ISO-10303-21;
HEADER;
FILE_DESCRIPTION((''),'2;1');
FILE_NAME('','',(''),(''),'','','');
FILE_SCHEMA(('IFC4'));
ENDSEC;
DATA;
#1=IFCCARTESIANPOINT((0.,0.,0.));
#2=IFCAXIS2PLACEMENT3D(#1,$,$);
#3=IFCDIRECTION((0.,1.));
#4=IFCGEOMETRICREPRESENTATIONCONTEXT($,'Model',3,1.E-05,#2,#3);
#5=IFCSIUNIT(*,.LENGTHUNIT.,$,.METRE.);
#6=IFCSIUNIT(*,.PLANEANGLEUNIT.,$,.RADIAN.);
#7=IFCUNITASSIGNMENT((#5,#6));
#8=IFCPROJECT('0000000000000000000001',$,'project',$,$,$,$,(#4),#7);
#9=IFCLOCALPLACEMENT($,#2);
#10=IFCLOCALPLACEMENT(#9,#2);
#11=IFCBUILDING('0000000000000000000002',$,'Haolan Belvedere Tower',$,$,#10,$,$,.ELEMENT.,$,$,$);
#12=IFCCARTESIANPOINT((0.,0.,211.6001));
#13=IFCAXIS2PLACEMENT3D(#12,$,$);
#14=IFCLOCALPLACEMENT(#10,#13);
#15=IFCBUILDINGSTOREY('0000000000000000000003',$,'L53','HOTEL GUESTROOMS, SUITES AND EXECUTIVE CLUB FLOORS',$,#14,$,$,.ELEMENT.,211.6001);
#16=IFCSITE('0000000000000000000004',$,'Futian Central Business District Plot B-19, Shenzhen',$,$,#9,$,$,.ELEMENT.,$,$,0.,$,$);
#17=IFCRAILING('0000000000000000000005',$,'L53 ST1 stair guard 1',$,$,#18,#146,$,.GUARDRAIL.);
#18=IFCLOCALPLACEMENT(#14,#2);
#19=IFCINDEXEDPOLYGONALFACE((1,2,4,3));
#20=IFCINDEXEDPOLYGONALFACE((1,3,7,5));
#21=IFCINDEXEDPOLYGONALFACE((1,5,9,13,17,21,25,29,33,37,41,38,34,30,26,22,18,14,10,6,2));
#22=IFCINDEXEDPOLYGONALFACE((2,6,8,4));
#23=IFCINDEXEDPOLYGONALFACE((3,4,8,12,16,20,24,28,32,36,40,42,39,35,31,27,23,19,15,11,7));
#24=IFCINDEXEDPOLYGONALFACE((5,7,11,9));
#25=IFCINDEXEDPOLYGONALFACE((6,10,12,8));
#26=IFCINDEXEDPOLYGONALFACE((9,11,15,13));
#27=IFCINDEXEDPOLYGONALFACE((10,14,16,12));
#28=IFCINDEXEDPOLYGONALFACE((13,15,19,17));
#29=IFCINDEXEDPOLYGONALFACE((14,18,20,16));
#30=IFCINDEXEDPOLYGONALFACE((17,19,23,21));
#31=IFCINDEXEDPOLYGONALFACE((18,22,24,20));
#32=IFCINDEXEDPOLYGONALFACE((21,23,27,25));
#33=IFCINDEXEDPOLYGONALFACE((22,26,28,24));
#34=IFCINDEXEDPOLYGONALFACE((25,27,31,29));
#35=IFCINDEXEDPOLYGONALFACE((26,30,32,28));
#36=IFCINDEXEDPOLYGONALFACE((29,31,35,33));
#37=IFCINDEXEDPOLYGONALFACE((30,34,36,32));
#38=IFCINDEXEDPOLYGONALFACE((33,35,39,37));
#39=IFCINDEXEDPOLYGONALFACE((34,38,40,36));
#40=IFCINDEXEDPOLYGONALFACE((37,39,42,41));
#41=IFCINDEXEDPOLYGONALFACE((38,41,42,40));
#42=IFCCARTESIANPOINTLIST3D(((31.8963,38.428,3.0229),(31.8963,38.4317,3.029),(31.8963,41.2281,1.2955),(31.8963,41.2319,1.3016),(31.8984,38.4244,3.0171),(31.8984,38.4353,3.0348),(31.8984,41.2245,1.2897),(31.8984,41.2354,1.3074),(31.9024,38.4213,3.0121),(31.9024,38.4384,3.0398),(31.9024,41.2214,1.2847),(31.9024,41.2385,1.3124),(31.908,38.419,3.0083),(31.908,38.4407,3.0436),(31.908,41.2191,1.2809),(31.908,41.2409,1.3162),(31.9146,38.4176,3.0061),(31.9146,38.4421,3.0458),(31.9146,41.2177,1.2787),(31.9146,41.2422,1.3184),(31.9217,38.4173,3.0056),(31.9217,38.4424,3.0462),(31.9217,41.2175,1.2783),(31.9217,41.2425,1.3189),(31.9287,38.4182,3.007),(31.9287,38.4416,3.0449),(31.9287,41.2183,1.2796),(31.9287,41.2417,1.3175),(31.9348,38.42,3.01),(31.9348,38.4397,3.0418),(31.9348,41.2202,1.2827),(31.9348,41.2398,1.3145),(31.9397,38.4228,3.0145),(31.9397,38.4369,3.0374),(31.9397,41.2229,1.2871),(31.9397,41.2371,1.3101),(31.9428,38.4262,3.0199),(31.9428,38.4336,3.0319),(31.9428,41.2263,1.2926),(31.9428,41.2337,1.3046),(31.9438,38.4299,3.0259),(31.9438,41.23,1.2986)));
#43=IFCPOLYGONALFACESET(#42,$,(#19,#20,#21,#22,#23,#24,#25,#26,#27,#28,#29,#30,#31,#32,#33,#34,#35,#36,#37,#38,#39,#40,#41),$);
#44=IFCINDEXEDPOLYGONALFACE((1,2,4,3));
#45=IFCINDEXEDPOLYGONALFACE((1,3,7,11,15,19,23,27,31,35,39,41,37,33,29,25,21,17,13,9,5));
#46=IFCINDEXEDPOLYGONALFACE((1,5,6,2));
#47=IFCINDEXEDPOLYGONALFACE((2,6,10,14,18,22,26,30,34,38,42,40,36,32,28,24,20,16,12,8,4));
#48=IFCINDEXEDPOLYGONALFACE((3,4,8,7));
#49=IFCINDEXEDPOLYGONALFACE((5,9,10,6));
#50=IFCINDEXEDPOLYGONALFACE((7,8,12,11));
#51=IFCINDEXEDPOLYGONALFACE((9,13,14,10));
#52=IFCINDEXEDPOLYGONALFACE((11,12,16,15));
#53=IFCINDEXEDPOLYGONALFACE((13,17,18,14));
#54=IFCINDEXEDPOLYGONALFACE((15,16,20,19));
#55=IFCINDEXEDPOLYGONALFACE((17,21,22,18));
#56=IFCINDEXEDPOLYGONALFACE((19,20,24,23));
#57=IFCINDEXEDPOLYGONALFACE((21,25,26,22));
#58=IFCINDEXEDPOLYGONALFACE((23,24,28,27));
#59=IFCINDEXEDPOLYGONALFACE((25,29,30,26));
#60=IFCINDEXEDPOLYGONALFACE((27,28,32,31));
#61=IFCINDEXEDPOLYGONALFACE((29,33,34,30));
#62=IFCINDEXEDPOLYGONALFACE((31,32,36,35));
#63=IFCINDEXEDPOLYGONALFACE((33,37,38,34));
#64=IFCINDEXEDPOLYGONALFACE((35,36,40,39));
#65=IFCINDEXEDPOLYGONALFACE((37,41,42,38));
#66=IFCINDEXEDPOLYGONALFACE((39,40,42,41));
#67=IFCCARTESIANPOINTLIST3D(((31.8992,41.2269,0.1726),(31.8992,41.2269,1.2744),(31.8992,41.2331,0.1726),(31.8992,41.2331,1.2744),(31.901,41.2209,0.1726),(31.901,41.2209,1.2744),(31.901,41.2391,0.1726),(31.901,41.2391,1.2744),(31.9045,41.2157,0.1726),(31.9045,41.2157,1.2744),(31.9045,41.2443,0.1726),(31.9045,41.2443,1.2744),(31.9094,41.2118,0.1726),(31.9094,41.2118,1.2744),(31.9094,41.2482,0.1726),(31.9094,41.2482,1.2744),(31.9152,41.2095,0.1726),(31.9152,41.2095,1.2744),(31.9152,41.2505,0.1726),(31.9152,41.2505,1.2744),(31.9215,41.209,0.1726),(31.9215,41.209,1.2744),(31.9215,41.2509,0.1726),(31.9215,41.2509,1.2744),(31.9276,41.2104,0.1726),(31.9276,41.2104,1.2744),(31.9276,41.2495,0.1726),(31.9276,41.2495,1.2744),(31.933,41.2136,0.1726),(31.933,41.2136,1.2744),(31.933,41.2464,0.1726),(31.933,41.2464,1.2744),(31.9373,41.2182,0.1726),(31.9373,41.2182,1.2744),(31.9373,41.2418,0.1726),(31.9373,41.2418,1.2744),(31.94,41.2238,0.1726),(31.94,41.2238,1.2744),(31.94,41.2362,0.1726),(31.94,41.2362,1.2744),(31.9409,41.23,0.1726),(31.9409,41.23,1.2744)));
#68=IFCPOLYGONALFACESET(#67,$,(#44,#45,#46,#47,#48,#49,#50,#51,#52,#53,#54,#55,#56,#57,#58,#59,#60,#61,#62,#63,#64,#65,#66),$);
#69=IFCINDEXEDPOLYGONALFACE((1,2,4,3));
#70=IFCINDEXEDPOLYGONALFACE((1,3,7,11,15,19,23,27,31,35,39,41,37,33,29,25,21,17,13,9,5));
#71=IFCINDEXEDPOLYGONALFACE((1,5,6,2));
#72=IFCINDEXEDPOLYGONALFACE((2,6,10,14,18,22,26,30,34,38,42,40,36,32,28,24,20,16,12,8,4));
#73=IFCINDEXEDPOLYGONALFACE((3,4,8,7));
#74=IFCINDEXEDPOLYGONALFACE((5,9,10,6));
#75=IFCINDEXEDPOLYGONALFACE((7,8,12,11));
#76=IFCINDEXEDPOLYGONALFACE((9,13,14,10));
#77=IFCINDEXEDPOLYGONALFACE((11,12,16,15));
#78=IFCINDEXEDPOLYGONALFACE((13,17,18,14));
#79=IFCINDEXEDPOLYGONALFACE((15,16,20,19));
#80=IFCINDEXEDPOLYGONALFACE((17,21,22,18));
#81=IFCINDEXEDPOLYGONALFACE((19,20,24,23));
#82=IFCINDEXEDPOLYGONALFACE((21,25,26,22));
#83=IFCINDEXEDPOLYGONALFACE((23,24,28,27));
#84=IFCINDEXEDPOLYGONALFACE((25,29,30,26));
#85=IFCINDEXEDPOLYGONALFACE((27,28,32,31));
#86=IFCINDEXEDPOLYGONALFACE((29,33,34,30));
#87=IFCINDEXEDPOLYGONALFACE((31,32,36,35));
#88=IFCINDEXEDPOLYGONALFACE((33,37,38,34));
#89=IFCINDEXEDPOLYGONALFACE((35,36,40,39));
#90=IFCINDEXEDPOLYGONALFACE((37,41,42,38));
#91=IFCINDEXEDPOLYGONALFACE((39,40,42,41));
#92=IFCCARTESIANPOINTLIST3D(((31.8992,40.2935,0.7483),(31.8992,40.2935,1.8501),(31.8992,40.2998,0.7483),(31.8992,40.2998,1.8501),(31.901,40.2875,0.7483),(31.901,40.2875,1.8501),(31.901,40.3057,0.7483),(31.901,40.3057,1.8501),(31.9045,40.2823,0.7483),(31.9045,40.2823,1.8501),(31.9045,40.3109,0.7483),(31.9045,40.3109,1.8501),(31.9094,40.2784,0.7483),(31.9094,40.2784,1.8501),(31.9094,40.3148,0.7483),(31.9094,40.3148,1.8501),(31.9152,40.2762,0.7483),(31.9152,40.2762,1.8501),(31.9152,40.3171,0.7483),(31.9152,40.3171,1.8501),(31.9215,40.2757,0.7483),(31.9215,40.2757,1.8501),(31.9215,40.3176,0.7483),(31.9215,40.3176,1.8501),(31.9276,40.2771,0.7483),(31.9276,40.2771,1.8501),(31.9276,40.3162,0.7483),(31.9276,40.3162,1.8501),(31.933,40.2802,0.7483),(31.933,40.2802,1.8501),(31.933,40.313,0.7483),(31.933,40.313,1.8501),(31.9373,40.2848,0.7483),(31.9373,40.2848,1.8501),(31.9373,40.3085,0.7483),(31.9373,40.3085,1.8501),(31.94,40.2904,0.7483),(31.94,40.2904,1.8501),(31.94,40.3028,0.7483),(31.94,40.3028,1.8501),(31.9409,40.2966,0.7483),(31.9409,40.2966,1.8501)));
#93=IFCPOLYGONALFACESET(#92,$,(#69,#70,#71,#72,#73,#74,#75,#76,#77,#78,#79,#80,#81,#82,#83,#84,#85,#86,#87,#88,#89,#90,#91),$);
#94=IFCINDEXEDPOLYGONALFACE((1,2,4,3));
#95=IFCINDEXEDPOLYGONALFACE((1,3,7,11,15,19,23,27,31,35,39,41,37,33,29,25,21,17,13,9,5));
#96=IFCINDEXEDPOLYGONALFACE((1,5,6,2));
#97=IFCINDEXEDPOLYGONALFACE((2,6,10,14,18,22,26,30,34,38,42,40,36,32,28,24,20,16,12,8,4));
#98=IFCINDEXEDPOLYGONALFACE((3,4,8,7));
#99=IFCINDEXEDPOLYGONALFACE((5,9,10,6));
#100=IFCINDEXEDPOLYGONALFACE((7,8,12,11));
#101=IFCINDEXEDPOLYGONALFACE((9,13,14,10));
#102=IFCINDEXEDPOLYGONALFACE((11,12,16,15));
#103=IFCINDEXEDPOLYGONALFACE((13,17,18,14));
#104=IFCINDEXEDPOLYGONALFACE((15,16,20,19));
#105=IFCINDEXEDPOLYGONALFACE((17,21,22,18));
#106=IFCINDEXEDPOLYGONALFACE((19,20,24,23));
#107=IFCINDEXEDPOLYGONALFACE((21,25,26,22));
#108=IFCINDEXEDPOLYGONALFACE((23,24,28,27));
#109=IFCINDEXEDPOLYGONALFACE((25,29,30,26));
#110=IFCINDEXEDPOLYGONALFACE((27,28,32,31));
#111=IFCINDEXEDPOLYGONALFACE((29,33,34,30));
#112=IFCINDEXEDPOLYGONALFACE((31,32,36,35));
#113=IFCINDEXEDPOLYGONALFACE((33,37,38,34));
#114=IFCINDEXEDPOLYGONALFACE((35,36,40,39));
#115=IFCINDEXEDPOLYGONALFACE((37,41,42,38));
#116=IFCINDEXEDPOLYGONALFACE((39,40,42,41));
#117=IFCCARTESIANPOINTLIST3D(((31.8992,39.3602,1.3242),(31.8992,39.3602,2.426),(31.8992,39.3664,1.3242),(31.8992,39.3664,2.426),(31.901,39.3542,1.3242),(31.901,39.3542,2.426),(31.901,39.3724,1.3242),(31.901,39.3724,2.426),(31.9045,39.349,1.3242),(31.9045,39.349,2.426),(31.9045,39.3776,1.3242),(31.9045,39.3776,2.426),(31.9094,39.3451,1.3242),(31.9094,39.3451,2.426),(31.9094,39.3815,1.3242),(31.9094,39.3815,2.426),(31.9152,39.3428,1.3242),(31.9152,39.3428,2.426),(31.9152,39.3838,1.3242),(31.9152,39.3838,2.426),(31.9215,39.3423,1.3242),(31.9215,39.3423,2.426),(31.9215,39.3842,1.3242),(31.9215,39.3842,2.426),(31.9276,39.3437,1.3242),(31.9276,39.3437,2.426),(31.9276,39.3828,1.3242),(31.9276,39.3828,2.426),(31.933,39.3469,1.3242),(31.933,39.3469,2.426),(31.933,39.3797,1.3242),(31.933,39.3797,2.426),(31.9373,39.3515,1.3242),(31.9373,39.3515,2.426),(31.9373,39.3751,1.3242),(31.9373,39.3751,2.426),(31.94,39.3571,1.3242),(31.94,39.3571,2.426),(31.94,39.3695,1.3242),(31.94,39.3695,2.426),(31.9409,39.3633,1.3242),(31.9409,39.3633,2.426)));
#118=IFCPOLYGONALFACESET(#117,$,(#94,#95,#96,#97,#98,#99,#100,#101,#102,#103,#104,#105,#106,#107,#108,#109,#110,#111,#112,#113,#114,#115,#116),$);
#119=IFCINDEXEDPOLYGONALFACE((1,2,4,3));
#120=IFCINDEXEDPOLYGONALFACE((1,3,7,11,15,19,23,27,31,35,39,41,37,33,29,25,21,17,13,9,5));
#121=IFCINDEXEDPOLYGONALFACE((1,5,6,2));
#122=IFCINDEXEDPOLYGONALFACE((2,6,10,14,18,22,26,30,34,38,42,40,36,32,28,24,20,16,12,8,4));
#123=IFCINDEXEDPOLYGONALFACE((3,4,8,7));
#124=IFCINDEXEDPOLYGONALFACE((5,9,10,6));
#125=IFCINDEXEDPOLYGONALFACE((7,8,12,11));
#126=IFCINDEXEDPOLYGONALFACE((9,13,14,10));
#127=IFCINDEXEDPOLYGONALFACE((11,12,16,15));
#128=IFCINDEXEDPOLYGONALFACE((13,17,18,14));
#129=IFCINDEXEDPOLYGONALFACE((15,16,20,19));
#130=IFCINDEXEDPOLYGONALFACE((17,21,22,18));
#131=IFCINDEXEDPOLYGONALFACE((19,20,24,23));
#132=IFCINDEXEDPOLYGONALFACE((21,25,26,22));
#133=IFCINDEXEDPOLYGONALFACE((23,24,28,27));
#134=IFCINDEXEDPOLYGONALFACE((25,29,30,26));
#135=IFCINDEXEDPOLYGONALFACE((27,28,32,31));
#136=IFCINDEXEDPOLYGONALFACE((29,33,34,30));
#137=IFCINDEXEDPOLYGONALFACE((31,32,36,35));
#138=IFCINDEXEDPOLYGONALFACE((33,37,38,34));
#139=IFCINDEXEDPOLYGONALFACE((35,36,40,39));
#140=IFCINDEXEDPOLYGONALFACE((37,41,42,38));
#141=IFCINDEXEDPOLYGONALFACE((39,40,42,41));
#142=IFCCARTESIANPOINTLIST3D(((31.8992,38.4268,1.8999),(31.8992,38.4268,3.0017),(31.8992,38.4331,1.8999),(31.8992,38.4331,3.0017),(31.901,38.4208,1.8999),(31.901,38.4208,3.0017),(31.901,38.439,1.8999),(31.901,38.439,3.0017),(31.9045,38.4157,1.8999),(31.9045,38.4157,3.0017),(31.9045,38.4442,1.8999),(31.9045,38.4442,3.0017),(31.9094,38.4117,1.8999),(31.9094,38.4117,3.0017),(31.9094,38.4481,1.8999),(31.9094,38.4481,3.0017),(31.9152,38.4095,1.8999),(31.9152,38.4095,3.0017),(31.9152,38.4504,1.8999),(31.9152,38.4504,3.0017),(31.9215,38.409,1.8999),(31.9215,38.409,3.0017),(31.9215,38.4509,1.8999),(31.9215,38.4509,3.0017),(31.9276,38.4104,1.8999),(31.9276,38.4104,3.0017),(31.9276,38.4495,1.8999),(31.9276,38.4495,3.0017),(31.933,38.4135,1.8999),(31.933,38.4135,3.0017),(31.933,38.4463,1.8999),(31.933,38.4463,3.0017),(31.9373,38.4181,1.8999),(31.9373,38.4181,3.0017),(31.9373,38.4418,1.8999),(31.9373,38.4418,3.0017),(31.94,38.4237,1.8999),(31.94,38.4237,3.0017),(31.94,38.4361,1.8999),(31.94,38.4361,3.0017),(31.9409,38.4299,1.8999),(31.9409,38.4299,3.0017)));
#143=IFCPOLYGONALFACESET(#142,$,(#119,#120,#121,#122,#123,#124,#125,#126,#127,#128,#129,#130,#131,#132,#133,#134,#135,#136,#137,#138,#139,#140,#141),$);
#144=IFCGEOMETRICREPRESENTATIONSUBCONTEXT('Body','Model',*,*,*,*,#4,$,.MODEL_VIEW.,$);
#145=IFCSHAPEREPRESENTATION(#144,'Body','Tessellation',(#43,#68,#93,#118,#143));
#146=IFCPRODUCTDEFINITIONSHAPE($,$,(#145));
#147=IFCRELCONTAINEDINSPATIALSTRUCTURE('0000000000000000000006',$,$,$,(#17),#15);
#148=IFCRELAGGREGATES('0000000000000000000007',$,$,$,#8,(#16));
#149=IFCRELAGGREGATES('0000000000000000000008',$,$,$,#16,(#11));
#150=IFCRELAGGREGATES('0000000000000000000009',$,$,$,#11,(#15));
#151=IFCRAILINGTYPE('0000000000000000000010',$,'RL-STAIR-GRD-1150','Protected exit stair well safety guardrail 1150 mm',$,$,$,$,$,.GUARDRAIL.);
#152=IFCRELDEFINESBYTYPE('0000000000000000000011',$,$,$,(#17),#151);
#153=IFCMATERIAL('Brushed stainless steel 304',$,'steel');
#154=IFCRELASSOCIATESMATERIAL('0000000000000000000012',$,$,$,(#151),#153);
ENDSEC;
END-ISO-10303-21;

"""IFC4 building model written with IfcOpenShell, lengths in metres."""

from ifc_helpers import new_model, si_unit, direction, frame, origin, origin_2d, place, context, subcontext, project, spatial, circle, extrude, material, type_object, element, save


model = new_model("IFC4")

# Units and contexts
model_context = context("Model", 3, precision=1e-05, world=origin(), true_north=direction((0.0, 1.0)))
body_context = subcontext(model_context, "Body", "Model", "MODEL_VIEW")
ifc_project = project(units=[si_unit("LENGTHUNIT", "METRE"), si_unit("PLANEANGLEUNIT", "RADIAN")], contexts=[model_context])

# Site, building, storey
site_placement = place(None, origin())
site = spatial("IfcSite", under=ifc_project, at=site_placement, Name="Futian Central Business District Plot B-19, Shenzhen", CompositionType="ELEMENT", RefElevation=0.0)
building_placement = place(site_placement, origin())
building = spatial("IfcBuilding", under=site, at=building_placement, Name="Haolan Belvedere Tower", CompositionType="ELEMENT")
storey_placement = place(building_placement, frame((0.0, 0.0, 211.6001)))
storey = spatial("IfcBuildingStorey", under=building, at=storey_placement, Name="L53", Description="HOTEL GUESTROOMS, SUITES AND EXECUTIVE CLUB FLOORS", CompositionType="ELEMENT", Elevation=211.6001)

# Railing
ifc_material_1 = material(Name="Brushed stainless steel 304", Category="steel")
railing_type_1 = type_object("IfcRailingType", Name="RL-STAIR-GRD-1150", Description="Protected exit stair well safety guardrail 1150 mm", PredefinedType="GUARDRAIL", material=ifc_material_1)
railing_1_placement = place(storey_placement, frame((31.9199, 41.23, 0.1726)))
element("IfcRailing", 1, at=railing_1_placement, inside=storey, type_object=railing_type_1, Name="L53 ST1 stair guard 1", PredefinedType="GUARDRAIL", context=body_context, shape_type="SweptSolid", body=[
    extrude(circle(Radius=0.0239, at=origin_2d()), frame((0.0, 0.0, 1.126), z_axis=(0.0, -0.85109, 0.52502), x_axis=(1.0, 0.0, 0.0)), (0.0, 0.0, 1.0), 3.29),
    extrude(circle(Radius=0.021, at=origin_2d()), origin(), (0.0, 0.0, 1.0), 1.1018),
    extrude(circle(Radius=0.021, at=origin_2d()), frame((0.0, -0.9333, 0.5757)), (0.0, 0.0, 1.0), 1.1018),
    extrude(circle(Radius=0.021, at=origin_2d()), frame((0.0, -1.8667, 1.1516)), (0.0, 0.0, 1.0), 1.1018),
    extrude(circle(Radius=0.021, at=origin_2d()), frame((0.0, -2.8, 1.7273)), (0.0, 0.0, 1.0), 1.1018),
])

save(model, "model.ifc")
